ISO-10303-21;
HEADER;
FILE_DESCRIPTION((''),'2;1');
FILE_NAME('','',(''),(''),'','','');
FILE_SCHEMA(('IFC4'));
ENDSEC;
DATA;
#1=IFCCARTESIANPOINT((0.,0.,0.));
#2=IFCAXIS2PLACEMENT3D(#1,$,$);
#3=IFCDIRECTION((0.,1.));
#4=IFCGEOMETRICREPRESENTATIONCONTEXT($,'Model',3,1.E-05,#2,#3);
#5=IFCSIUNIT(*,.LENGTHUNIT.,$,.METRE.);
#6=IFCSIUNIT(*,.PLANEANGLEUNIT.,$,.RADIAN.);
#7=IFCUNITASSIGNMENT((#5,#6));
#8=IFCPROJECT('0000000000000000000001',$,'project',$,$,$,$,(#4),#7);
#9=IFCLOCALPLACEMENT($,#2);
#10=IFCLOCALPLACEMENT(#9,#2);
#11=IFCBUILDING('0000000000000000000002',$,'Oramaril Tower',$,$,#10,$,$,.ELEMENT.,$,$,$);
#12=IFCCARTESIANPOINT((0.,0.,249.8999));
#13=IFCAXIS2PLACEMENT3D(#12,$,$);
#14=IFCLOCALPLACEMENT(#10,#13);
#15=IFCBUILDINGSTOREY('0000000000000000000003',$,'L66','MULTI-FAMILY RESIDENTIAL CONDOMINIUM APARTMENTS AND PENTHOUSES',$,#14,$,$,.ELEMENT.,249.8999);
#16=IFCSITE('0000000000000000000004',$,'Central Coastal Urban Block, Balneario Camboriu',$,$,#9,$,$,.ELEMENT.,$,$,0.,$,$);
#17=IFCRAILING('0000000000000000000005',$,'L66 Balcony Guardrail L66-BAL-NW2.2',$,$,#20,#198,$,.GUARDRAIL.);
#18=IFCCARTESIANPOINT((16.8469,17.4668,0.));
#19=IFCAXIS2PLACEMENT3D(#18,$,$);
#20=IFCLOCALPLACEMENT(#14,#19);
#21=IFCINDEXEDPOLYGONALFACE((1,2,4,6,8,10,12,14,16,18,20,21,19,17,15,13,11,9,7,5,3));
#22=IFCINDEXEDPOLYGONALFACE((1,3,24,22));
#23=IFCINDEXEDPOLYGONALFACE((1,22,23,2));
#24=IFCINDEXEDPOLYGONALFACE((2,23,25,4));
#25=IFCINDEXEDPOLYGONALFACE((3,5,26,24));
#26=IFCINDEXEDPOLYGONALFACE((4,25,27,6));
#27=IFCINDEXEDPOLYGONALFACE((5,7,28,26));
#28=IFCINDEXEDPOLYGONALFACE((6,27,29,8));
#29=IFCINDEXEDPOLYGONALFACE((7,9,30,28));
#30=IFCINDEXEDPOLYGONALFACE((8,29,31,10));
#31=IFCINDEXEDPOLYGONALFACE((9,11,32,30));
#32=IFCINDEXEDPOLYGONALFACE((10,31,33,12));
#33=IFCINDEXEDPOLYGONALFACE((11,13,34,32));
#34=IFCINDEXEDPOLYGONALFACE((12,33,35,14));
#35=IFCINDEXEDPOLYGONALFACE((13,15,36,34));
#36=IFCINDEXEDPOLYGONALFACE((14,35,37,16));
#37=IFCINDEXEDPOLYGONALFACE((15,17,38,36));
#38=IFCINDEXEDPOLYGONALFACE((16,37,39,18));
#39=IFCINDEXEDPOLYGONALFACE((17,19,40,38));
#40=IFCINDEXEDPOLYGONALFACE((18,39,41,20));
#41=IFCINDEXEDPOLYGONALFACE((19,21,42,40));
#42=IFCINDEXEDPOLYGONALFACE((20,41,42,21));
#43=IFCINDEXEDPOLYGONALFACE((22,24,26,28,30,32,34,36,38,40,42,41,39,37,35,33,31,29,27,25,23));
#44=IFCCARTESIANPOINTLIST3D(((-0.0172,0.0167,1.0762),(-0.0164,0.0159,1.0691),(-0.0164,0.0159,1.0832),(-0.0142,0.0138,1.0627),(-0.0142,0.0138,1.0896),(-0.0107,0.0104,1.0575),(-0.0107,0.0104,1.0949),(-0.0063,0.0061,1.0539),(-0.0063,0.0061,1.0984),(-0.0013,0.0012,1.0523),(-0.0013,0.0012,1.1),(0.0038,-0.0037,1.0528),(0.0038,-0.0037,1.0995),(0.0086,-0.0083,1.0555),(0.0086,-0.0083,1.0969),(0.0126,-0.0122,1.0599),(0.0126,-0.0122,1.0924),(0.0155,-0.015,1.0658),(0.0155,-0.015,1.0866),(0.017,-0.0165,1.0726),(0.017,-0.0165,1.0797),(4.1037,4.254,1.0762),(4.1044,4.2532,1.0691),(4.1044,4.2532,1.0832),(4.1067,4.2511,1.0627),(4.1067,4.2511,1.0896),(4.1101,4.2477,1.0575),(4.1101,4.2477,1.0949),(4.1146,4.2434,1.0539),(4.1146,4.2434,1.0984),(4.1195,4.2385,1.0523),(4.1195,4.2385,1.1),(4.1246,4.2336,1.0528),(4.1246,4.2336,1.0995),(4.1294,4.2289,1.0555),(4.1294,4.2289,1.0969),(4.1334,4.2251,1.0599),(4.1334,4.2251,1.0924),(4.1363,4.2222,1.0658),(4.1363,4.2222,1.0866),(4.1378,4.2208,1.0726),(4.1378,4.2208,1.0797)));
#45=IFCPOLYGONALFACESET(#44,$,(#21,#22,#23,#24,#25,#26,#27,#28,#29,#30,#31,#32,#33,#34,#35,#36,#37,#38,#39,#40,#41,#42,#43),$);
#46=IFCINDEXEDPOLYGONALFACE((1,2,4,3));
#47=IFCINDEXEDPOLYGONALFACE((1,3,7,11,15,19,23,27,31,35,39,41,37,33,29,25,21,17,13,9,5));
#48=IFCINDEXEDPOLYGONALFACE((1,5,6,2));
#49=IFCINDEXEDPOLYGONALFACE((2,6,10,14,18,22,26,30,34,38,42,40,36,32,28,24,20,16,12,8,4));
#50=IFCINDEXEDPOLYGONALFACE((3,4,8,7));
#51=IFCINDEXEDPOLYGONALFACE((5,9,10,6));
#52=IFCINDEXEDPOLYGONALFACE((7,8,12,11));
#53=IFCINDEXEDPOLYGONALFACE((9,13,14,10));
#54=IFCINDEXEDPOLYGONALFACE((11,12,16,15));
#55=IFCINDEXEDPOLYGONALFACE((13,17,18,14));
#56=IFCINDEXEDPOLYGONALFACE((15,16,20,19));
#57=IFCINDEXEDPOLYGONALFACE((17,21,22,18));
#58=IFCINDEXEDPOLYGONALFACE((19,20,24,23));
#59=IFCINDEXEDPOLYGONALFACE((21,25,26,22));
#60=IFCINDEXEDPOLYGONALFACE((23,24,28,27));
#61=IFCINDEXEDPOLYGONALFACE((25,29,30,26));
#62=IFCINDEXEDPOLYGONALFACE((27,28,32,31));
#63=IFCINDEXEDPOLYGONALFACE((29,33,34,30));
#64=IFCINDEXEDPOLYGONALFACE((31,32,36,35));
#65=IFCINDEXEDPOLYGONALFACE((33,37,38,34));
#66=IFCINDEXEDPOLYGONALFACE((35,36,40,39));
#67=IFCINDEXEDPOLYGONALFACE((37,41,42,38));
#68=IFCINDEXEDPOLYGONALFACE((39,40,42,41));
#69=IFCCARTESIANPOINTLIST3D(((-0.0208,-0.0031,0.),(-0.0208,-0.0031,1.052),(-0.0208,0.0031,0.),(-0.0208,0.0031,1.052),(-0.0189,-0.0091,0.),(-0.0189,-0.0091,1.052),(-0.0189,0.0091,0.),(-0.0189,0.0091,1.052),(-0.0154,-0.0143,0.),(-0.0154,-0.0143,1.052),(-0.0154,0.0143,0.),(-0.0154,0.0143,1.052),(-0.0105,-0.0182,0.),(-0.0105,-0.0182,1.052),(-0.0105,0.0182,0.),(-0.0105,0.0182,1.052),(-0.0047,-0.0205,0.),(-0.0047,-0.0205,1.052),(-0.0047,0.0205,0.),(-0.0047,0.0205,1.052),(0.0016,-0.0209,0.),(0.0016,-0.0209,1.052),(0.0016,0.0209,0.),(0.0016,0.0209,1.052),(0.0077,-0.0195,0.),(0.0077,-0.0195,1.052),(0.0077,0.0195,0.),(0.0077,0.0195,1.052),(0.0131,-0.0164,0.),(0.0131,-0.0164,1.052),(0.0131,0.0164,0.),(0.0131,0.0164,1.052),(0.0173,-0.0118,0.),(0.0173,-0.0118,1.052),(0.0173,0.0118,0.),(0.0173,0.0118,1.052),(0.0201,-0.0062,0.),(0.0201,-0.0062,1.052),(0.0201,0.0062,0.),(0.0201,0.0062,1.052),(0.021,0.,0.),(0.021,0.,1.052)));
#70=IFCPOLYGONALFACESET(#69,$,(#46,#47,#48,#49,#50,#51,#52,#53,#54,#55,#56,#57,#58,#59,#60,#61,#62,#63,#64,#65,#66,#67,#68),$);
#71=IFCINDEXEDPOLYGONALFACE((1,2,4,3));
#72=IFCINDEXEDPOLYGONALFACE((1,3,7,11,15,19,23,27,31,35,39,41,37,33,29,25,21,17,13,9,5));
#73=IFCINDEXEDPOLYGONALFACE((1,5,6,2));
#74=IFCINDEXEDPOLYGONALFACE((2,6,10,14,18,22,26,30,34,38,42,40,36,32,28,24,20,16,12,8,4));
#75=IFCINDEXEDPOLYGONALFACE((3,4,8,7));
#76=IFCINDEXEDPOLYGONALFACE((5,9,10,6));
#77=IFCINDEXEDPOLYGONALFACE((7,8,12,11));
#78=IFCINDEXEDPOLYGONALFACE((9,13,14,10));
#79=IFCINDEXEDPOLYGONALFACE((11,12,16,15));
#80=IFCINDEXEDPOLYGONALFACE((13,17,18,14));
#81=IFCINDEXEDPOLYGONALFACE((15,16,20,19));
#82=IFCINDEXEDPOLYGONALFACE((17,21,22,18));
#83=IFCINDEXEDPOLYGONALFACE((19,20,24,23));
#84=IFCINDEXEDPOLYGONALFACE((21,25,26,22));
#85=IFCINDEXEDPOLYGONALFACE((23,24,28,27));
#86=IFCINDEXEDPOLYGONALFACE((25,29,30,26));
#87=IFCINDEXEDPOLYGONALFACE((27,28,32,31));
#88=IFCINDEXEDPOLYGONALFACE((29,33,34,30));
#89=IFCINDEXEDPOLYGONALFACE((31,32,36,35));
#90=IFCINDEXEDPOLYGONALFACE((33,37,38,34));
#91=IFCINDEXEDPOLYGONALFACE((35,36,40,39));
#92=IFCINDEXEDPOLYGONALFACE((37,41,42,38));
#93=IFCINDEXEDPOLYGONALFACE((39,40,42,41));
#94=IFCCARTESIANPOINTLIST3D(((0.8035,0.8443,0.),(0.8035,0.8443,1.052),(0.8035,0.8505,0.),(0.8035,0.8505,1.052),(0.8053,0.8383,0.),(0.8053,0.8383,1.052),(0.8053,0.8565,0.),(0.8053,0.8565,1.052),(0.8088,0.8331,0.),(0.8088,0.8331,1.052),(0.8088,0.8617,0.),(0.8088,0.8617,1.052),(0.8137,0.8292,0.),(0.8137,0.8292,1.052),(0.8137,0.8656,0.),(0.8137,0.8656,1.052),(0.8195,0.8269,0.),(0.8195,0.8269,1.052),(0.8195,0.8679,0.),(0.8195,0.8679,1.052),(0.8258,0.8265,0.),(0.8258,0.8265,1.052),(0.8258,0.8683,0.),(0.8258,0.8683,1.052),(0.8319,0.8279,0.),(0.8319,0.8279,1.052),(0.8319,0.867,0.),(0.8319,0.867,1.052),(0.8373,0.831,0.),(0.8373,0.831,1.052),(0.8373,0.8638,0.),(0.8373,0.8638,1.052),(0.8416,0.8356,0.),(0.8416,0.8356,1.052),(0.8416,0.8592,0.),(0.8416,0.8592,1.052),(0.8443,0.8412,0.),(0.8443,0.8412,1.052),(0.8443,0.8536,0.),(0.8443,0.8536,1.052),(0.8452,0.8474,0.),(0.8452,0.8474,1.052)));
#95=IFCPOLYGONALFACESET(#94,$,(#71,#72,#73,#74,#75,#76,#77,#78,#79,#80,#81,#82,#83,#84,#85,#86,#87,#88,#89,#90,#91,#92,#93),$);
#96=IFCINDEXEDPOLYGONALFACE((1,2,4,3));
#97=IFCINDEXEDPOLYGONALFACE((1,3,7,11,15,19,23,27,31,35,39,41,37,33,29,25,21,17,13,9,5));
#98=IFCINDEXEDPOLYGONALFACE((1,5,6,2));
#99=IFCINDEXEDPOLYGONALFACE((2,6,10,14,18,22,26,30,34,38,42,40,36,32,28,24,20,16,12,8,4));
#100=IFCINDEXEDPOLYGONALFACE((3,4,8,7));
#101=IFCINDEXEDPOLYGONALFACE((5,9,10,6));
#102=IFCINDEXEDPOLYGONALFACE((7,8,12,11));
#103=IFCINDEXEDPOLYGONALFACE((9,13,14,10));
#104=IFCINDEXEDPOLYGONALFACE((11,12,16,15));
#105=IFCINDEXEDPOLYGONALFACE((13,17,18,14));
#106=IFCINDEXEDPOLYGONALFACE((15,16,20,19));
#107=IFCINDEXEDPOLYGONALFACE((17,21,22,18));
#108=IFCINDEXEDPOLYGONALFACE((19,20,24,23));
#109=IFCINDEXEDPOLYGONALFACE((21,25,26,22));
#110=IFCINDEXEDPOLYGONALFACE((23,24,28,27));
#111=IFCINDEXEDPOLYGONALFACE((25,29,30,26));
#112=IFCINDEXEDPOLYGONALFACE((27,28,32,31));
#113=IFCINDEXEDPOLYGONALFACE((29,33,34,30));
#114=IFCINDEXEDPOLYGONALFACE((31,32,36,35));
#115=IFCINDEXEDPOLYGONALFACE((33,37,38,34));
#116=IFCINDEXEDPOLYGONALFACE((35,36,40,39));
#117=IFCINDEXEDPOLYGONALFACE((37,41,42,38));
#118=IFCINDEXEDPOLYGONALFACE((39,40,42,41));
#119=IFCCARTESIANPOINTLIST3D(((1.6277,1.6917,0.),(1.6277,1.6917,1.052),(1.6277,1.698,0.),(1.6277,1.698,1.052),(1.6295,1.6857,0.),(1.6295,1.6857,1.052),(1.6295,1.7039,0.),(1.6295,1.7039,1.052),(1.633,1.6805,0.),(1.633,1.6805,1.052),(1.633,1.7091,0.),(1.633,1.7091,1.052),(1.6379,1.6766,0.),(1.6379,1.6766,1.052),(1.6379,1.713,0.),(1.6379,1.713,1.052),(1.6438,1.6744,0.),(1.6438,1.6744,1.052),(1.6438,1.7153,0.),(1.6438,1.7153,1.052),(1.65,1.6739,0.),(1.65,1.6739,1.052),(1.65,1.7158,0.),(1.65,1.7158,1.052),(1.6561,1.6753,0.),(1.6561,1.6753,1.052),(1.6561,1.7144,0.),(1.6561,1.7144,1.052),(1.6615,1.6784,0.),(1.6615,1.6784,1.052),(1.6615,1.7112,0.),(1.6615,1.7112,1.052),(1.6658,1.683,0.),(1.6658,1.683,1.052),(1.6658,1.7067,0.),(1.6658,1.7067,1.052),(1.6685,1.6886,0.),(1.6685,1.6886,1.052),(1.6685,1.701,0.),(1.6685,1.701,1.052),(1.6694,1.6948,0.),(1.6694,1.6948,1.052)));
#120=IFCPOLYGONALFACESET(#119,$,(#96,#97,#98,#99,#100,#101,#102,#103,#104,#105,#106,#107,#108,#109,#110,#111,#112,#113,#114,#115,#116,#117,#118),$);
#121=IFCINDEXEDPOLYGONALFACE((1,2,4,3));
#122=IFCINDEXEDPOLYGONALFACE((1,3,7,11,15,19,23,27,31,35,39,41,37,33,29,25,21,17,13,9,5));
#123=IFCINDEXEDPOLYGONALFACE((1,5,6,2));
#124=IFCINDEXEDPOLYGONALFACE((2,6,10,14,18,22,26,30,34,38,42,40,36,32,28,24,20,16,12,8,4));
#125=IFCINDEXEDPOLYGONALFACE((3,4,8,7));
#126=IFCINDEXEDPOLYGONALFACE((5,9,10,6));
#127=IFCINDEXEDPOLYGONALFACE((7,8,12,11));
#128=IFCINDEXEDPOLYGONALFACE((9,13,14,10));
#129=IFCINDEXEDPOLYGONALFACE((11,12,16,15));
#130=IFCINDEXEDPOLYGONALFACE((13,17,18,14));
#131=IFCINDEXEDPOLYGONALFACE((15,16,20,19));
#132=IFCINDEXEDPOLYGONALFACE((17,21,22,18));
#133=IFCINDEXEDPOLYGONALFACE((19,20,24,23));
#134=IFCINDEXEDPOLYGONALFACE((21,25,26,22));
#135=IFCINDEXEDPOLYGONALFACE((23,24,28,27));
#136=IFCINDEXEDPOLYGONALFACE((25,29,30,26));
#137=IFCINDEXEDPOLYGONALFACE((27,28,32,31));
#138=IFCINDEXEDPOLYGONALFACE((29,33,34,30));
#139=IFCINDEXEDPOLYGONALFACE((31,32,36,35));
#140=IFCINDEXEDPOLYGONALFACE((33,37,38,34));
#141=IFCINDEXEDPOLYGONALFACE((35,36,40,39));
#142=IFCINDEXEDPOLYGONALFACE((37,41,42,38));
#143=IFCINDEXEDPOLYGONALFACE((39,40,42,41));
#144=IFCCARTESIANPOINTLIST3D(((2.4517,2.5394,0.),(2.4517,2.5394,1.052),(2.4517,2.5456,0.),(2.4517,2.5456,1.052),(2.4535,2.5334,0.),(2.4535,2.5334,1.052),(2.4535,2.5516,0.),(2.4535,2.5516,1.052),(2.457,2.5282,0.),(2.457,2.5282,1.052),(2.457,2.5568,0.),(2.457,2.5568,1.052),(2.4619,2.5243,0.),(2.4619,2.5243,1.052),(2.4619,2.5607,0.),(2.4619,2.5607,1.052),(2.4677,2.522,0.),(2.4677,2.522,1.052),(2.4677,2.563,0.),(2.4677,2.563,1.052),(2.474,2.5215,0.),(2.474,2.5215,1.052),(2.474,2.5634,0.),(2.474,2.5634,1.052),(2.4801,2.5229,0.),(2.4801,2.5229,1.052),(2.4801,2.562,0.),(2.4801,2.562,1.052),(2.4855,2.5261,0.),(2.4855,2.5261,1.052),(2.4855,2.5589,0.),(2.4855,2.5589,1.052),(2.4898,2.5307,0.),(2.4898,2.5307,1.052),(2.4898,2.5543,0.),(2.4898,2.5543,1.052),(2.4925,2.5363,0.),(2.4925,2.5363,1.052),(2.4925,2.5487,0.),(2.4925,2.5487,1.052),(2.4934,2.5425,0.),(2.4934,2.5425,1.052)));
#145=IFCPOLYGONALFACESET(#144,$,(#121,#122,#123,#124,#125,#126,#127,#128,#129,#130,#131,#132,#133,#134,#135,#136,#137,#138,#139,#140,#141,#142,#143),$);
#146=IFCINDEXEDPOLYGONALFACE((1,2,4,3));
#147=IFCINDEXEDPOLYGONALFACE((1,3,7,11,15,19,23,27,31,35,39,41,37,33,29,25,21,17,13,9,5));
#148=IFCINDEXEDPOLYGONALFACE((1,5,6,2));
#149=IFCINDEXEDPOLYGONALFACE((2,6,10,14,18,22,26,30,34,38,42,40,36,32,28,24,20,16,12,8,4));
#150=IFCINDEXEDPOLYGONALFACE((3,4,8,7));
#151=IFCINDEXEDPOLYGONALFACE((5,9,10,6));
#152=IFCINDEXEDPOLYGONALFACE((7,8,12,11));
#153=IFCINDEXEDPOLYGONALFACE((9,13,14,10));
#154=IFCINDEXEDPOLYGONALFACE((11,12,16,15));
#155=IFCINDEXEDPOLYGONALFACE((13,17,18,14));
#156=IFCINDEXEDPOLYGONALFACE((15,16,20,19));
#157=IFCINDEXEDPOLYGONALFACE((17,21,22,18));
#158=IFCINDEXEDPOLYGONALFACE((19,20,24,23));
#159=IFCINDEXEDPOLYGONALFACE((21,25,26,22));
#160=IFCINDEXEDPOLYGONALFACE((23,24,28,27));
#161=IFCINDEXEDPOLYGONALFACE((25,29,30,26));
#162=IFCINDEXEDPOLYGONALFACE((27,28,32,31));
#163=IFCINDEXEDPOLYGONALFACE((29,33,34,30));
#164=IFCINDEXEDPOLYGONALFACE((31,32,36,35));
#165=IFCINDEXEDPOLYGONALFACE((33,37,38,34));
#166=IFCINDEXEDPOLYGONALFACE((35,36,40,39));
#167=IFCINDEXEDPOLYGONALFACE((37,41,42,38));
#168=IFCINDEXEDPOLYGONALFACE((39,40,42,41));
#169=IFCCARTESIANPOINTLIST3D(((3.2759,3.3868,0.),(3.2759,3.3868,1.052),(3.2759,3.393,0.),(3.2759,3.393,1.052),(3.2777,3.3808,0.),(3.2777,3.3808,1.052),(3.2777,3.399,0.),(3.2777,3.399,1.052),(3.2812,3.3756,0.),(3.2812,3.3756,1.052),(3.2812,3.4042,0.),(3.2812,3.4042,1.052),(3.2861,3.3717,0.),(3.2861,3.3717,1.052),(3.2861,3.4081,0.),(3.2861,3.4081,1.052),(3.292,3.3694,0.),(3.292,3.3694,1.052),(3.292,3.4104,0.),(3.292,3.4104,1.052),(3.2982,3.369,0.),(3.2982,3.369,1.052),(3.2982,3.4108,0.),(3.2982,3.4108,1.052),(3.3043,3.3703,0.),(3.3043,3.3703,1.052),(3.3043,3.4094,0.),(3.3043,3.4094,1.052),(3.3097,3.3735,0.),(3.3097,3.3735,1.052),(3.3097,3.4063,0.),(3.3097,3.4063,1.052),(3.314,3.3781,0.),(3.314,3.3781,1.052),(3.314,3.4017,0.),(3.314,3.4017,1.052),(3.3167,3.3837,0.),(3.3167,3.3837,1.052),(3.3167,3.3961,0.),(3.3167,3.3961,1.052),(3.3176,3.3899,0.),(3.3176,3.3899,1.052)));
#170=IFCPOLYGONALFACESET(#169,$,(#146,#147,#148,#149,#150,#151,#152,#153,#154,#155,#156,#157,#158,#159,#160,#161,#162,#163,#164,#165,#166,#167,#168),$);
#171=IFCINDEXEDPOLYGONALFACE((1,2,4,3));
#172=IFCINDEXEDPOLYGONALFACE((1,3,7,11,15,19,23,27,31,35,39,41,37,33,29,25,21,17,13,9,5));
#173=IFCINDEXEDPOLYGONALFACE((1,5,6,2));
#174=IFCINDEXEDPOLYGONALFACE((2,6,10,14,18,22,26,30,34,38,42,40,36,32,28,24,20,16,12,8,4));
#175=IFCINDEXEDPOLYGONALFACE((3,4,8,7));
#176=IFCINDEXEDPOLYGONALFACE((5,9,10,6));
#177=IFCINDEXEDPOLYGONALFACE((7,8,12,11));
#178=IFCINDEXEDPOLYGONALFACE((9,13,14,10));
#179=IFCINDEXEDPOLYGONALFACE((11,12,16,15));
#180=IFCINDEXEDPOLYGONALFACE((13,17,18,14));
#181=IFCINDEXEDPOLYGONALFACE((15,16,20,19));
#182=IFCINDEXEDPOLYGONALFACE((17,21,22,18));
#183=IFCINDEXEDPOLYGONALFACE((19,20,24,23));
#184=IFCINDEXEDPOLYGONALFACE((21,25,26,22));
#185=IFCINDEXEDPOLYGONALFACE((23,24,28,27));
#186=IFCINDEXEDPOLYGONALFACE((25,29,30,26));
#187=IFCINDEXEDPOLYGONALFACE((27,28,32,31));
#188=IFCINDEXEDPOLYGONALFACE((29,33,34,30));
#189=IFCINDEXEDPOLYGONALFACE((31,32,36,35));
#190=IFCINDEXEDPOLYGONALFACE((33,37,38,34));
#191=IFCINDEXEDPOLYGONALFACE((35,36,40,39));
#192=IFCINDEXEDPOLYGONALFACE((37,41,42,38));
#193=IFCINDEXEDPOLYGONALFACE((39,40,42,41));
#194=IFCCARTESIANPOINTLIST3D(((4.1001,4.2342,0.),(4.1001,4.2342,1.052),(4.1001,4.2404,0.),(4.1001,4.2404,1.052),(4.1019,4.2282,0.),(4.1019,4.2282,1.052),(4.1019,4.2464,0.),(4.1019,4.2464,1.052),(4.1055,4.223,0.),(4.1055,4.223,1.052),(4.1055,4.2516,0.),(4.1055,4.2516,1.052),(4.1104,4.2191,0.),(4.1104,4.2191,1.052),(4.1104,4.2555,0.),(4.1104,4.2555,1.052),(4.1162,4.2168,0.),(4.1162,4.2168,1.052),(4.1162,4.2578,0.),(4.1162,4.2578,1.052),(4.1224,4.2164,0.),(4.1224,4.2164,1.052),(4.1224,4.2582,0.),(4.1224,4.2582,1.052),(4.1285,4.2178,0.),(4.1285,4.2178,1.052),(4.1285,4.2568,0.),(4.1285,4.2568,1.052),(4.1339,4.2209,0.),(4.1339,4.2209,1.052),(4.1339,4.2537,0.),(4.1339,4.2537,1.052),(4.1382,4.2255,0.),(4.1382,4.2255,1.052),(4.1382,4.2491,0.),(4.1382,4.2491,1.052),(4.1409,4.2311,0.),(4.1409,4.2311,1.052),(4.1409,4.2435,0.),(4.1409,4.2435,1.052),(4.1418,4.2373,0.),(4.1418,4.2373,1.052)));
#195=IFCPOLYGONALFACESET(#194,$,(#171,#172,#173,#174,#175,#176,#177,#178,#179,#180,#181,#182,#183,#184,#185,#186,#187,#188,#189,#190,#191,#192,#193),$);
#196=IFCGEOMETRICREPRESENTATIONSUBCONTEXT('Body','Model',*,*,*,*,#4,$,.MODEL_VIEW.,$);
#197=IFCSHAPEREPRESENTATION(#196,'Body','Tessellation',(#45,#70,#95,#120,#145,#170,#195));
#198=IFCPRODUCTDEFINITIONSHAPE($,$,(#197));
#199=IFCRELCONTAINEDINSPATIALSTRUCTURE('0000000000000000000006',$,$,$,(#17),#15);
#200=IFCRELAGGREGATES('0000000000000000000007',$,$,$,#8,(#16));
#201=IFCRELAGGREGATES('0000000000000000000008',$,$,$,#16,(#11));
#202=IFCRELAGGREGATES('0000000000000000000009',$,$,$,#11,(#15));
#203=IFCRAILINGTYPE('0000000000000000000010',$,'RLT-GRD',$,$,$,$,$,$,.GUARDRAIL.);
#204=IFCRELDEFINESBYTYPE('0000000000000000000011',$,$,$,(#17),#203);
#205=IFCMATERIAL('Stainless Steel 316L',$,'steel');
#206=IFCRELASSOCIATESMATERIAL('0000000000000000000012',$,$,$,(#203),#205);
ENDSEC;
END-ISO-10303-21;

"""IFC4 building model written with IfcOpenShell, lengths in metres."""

from ifc_helpers import new_model, si_unit, direction, frame, origin, origin_2d, place, context, subcontext, project, spatial, circle, extrude, material, type_object, element, save


model = new_model("IFC4")

# Units and contexts
model_context = context("Model", 3, precision=1e-05, world=origin(), true_north=direction((0.0, 1.0)))
body_context = subcontext(model_context, "Body", "Model", "MODEL_VIEW")
ifc_project = project(units=[si_unit("LENGTHUNIT", "METRE"), si_unit("PLANEANGLEUNIT", "RADIAN")], contexts=[model_context])

# Site, building, storey
site_placement = place(None, origin())
site = spatial("IfcSite", under=ifc_project, at=site_placement, Name="Central Coastal Urban Block, Balneario Camboriu", CompositionType="ELEMENT", RefElevation=0.0)
building_placement = place(site_placement, origin())
building = spatial("IfcBuilding", under=site, at=building_placement, Name="Oramaril Tower", CompositionType="ELEMENT")
storey_placement = place(building_placement, frame((0.0, 0.0, 249.8999)))
storey = spatial("IfcBuildingStorey", under=building, at=storey_placement, Name="L66", Description="MULTI-FAMILY RESIDENTIAL CONDOMINIUM APARTMENTS AND PENTHOUSES", CompositionType="ELEMENT", Elevation=249.8999)

# Railing
ifc_material_1 = material(Name="Stainless Steel 316L", Category="steel")
railing_type = type_object("IfcRailingType", Name="RLT-GRD", PredefinedType="GUARDRAIL", material=ifc_material_1)
railing_1_placement = place(storey_placement, frame((16.8469, 17.4668, 0.0)))
element("IfcRailing", 1, at=railing_1_placement, inside=storey, type_object=railing_type, Name="L66 Balcony Guardrail L66-BAL-NW2.2", PredefinedType="GUARDRAIL", context=body_context, shape_type="SweptSolid", body=[
    extrude(circle(Radius=0.0239, at=origin_2d()), frame((0.0, 0.0, 1.0762), z_axis=(0.697187, 0.716889, 0.0), x_axis=(-0.716889, 0.697187, 0.0)), (0.0, 0.0, 1.0), 5.9106),
    extrude(circle(Radius=0.021, at=origin_2d()), origin(), (0.0, 0.0, 1.0), 1.052),
    extrude(circle(Radius=0.021, at=origin_2d()), frame((0.8242, 0.8474, 0.0)), (0.0, 0.0, 1.0), 1.052),
    extrude(circle(Radius=0.021, at=origin_2d()), frame((1.6484, 1.6948, 0.0)), (0.0, 0.0, 1.0), 1.052),
    extrude(circle(Radius=0.021, at=origin_2d()), frame((2.4724, 2.5425, 0.0)), (0.0, 0.0, 1.0), 1.052),
    extrude(circle(Radius=0.021, at=origin_2d()), frame((3.2966, 3.3899, 0.0)), (0.0, 0.0, 1.0), 1.052),
    extrude(circle(Radius=0.021, at=origin_2d()), frame((4.1208, 4.2373, 0.0)), (0.0, 0.0, 1.0), 1.052),
])

save(model, "model.ifc")
